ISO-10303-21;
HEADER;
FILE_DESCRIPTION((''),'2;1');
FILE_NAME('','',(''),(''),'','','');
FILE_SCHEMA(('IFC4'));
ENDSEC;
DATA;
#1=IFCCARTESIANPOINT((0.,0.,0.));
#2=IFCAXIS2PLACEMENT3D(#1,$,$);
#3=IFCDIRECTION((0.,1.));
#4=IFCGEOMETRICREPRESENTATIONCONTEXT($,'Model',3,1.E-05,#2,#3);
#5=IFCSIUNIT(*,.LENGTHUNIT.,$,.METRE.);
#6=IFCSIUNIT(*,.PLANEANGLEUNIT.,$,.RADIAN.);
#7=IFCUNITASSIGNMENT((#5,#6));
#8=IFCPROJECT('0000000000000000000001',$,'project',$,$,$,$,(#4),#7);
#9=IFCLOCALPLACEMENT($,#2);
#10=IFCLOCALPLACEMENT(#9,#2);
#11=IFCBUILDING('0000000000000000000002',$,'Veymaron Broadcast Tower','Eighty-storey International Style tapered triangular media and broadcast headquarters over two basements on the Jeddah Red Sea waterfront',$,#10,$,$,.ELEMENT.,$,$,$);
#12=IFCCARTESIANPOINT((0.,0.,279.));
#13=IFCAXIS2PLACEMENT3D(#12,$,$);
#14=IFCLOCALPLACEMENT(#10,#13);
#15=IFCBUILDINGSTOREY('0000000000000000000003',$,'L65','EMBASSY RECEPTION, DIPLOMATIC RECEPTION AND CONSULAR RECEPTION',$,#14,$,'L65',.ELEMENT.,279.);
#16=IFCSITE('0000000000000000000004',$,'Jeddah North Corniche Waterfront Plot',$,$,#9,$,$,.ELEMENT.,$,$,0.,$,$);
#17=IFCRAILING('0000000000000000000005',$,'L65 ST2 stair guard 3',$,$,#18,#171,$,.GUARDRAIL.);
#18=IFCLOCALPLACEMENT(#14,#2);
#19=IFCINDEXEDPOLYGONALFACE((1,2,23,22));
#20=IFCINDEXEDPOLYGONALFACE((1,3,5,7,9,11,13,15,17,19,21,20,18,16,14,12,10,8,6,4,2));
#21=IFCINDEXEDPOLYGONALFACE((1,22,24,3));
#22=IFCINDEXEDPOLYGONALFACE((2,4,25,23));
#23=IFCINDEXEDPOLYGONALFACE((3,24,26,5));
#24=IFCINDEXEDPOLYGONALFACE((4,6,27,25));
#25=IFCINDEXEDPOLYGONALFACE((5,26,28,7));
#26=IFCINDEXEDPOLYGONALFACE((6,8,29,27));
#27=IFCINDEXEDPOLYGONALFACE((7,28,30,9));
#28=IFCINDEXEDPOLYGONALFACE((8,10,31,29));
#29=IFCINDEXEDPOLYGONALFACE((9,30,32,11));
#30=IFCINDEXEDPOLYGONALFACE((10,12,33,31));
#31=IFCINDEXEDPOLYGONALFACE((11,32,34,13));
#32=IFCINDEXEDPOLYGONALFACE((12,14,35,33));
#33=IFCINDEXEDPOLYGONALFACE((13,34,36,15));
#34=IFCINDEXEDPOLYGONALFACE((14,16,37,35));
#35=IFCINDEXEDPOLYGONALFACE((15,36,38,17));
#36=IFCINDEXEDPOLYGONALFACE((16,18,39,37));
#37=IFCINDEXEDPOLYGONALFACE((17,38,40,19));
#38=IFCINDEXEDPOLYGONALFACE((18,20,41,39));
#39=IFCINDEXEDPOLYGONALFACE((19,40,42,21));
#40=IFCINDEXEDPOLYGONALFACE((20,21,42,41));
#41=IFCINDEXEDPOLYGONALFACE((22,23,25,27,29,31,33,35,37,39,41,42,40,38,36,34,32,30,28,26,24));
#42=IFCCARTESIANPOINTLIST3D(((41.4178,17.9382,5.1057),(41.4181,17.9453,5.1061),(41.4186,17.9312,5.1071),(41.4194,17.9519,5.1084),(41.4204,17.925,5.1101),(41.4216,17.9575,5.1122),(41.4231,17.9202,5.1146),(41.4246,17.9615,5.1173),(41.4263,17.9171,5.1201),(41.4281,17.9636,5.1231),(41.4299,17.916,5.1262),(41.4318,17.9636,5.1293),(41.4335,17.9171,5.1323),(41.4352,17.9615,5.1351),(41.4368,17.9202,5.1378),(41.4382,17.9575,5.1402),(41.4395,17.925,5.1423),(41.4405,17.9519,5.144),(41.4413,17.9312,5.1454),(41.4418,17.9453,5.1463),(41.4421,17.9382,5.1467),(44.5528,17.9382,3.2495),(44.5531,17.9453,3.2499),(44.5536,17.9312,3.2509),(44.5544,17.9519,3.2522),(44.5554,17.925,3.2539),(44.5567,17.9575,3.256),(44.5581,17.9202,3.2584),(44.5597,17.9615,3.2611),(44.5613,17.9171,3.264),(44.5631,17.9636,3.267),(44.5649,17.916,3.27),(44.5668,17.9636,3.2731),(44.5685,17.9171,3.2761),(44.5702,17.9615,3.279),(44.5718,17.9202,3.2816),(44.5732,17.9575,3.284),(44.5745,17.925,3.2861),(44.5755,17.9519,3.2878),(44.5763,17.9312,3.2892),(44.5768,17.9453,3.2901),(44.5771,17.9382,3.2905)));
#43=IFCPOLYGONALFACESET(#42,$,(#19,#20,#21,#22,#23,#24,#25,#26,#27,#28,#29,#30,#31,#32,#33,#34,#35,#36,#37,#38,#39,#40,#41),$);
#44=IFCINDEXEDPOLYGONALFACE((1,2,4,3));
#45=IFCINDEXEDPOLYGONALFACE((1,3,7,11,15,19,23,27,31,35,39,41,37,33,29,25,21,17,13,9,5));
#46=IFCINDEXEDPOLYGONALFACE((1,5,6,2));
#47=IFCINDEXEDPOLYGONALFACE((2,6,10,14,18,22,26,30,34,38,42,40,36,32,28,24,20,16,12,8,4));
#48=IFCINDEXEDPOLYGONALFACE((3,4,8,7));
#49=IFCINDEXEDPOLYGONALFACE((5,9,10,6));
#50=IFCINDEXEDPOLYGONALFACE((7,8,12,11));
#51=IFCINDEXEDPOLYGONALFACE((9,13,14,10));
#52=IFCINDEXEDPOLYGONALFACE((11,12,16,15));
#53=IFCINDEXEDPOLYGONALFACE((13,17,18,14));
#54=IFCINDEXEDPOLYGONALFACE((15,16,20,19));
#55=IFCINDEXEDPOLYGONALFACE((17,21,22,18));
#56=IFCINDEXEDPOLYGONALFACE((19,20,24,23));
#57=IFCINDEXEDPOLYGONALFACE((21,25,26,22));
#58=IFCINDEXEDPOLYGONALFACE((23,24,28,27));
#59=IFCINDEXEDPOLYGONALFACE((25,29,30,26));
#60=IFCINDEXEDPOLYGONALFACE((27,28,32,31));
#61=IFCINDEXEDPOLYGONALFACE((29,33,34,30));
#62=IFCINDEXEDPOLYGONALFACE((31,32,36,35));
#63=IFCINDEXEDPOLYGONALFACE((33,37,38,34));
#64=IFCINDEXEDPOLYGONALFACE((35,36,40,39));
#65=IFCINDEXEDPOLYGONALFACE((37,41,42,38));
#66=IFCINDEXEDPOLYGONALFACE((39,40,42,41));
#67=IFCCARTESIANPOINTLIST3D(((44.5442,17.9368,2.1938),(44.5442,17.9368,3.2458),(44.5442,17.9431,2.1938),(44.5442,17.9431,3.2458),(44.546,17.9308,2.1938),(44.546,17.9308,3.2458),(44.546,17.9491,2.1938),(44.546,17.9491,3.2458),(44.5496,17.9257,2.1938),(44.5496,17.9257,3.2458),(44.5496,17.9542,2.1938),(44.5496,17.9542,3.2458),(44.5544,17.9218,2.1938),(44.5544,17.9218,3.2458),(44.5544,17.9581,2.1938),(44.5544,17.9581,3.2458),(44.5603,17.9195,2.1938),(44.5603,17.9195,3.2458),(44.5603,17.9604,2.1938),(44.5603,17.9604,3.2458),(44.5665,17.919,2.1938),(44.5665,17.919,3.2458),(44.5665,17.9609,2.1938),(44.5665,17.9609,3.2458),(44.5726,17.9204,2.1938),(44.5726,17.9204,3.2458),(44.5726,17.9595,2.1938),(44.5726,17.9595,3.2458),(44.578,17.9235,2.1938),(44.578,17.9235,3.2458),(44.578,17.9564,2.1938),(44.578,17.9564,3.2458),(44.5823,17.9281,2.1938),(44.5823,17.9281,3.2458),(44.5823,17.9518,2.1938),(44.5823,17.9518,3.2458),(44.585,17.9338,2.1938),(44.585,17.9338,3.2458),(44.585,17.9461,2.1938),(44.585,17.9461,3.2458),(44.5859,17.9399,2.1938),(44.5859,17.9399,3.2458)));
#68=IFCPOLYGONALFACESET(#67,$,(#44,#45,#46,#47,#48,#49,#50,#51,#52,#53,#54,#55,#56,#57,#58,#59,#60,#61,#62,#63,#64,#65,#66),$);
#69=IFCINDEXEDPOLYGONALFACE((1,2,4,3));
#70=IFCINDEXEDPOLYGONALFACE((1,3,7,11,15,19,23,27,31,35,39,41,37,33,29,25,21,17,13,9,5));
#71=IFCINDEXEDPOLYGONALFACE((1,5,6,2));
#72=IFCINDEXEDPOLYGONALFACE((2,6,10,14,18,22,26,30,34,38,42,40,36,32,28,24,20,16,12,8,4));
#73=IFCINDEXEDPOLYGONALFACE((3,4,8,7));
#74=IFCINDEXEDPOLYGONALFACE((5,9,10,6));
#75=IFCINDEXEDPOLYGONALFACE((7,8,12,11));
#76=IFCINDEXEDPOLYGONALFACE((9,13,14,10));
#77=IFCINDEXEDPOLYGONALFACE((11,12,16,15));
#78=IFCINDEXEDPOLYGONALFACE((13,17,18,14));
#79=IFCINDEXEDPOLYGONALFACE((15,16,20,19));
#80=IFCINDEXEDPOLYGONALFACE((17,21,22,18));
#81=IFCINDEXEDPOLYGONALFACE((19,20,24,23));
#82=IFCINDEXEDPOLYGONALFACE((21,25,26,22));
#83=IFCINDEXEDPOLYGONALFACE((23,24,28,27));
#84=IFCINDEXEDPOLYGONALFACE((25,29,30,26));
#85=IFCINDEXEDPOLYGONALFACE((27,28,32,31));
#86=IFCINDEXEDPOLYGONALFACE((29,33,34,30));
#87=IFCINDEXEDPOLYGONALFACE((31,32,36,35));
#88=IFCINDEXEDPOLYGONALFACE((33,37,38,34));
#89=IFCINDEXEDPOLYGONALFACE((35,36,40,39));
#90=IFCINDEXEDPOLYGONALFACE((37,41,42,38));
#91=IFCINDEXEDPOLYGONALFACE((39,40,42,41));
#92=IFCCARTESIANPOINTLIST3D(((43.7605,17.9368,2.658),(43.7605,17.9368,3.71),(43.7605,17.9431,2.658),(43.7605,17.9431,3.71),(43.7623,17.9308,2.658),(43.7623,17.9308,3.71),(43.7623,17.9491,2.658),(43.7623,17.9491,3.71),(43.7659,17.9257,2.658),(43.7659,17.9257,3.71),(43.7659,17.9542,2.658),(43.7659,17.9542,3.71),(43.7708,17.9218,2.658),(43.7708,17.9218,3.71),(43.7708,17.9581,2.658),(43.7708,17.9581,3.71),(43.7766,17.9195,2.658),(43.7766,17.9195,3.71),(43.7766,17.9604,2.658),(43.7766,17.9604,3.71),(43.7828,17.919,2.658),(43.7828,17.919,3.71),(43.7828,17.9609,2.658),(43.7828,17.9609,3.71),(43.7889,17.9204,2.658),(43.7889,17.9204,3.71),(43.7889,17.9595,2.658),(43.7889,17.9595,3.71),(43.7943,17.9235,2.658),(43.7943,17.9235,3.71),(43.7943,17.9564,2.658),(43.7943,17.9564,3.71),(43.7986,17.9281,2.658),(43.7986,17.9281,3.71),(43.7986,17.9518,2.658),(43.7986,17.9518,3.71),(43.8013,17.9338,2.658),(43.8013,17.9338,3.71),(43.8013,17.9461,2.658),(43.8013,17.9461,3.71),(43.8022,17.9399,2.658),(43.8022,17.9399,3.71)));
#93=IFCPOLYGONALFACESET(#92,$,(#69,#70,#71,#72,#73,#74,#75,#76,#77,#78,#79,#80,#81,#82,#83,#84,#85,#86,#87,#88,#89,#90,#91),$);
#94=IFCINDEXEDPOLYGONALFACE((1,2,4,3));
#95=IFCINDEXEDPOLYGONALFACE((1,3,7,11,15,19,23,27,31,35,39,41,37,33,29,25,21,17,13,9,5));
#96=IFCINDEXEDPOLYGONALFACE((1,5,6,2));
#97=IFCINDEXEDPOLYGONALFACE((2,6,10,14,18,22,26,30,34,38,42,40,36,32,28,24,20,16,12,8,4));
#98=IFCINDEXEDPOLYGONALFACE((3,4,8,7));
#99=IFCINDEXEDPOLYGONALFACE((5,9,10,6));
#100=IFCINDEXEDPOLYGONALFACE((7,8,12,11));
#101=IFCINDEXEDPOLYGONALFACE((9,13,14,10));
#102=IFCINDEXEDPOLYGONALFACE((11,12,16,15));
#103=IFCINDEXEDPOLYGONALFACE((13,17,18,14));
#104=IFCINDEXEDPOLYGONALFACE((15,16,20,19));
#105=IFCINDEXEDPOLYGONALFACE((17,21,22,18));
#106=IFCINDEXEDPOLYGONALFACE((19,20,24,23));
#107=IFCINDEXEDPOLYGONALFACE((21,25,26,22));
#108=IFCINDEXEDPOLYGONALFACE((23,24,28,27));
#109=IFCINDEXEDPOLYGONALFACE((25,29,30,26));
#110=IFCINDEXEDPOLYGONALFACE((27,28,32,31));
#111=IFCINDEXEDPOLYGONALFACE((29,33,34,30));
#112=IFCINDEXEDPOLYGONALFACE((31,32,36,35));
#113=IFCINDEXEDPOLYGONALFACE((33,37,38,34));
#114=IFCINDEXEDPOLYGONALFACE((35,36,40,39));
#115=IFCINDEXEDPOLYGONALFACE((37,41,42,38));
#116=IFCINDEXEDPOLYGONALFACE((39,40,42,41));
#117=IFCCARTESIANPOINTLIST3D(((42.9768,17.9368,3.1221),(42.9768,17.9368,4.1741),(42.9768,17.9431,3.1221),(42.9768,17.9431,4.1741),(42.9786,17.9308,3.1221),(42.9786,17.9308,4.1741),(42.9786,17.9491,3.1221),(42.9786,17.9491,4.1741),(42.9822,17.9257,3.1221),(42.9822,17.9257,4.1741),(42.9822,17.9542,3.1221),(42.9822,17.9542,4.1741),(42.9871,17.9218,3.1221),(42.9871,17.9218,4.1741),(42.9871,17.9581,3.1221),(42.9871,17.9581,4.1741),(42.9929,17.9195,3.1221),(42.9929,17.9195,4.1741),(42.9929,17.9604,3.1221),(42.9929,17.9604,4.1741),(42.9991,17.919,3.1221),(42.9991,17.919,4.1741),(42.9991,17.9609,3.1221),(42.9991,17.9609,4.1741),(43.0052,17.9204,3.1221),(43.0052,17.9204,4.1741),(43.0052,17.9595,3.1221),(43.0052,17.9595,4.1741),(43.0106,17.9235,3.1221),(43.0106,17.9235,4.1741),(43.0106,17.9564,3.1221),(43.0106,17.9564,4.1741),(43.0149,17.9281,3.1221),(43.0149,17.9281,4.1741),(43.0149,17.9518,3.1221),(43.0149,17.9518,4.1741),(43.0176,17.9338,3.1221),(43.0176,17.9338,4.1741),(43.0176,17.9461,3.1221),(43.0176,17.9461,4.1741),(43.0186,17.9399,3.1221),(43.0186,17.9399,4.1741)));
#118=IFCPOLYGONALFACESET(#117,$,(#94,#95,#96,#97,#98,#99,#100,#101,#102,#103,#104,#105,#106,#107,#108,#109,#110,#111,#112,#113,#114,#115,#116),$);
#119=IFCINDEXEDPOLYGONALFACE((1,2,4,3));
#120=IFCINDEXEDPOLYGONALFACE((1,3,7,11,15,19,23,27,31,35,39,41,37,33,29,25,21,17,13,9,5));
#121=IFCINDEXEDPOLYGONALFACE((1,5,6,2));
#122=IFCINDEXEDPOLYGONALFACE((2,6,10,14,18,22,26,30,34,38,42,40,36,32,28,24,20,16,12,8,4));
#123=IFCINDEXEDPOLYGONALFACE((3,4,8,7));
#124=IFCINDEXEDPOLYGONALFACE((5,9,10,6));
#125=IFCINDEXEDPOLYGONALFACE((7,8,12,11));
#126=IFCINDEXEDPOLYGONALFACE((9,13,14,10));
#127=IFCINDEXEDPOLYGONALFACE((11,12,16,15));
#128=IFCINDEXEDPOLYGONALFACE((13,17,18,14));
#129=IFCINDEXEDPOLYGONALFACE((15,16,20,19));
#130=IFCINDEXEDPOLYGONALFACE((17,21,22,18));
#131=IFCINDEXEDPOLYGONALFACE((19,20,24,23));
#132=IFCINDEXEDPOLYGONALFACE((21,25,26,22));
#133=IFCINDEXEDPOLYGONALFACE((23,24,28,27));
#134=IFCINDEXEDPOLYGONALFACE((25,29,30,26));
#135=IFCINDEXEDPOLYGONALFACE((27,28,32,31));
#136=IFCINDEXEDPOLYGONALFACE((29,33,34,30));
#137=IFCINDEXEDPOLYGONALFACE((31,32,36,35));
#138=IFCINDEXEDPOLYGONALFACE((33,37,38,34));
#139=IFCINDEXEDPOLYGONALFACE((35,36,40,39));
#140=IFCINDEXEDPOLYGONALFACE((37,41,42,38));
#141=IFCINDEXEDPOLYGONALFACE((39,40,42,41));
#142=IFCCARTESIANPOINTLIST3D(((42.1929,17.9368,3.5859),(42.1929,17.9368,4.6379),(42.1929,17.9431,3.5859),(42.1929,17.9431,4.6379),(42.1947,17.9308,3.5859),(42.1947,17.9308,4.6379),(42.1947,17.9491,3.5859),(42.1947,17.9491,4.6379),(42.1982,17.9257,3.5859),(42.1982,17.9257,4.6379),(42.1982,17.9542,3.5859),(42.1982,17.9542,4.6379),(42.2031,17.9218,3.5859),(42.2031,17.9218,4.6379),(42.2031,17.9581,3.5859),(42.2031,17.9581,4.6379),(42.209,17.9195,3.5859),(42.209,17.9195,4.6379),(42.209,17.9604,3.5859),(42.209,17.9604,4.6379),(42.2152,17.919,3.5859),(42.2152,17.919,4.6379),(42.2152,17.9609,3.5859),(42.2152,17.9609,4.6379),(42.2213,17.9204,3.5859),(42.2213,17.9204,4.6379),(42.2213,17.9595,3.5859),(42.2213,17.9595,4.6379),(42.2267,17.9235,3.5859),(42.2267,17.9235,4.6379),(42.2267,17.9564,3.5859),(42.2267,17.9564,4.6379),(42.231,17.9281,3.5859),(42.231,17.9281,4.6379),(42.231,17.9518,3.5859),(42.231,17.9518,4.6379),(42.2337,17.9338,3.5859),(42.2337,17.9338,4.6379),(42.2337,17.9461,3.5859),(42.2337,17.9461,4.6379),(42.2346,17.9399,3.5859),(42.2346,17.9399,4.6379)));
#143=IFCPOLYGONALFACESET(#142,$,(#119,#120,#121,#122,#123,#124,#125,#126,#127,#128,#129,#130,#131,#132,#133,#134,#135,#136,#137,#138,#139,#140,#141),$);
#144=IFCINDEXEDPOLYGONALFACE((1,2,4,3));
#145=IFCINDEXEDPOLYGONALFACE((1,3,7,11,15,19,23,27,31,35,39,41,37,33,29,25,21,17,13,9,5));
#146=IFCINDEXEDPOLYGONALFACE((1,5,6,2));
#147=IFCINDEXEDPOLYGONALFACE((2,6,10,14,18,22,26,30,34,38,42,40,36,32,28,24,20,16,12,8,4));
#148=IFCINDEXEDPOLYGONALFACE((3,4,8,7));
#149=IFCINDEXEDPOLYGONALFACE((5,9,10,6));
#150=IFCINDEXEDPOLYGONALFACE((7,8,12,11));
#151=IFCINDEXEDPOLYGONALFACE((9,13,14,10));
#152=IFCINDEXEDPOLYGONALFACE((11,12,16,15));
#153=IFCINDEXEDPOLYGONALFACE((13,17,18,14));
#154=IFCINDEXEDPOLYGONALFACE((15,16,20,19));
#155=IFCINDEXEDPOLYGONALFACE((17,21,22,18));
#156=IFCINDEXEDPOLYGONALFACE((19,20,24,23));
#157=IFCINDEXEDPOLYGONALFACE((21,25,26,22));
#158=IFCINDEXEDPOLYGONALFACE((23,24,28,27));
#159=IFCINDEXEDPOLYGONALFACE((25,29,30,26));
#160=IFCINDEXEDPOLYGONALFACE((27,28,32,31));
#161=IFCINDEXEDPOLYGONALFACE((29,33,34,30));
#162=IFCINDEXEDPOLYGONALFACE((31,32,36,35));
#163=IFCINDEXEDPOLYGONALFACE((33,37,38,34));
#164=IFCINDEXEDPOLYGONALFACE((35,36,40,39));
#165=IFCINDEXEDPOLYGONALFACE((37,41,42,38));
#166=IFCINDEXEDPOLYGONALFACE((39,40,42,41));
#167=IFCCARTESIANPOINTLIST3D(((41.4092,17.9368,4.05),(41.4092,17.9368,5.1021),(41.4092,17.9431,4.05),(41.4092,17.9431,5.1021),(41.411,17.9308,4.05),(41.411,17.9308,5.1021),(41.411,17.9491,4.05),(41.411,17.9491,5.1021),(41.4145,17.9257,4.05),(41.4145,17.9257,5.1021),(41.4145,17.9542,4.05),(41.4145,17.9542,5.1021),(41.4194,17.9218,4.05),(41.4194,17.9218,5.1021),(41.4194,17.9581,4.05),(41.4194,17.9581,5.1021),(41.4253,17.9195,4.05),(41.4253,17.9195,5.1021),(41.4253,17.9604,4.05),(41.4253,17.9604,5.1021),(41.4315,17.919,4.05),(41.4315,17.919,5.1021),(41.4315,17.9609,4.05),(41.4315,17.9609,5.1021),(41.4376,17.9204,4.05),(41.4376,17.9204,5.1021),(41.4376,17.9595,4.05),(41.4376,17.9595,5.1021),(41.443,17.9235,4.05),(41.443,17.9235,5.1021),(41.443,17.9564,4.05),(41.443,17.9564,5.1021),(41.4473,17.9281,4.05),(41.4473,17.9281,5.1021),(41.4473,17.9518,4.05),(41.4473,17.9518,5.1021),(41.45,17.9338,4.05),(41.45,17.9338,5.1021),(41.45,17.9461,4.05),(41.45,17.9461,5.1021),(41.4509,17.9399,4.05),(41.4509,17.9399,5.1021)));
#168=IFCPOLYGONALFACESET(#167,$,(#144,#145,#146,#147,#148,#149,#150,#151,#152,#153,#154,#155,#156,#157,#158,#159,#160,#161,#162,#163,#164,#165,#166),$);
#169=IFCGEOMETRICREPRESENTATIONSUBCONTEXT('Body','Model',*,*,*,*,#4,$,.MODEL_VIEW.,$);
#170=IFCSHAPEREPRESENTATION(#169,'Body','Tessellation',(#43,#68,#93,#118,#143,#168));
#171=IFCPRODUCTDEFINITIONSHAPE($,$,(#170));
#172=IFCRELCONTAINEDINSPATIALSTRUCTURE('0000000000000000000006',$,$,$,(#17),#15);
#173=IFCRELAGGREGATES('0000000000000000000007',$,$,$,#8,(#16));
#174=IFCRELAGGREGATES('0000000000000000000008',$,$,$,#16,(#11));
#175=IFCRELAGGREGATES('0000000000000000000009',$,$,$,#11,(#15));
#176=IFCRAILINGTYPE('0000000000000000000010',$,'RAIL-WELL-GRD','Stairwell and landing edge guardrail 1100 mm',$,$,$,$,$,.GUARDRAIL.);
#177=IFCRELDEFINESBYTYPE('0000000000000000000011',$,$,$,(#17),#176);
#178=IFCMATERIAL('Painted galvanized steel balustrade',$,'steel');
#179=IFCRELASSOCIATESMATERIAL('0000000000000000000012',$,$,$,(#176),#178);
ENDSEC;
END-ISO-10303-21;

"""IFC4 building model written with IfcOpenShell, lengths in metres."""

from ifc_helpers import new_model, si_unit, direction, frame, origin, origin_2d, place, context, subcontext, project, spatial, circle, extrude, material, type_object, element, save


model = new_model("IFC4")

# Units and contexts
model_context = context("Model", 3, precision=1e-05, world=origin(), true_north=direction((0.0, 1.0)))
body_context = subcontext(model_context, "Body", "Model", "MODEL_VIEW")
ifc_project = project(units=[si_unit("LENGTHUNIT", "METRE"), si_unit("PLANEANGLEUNIT", "RADIAN")], contexts=[model_context])

# Site, building, storey
site_placement = place(None, origin())
site = spatial("IfcSite", under=ifc_project, at=site_placement, Name="Jeddah North Corniche Waterfront Plot", CompositionType="ELEMENT", RefElevation=0.0)
building_placement = place(site_placement, origin())
building = spatial("IfcBuilding", under=site, at=building_placement, Name="Veymaron Broadcast Tower", Description="Eighty-storey International Style tapered triangular media and broadcast headquarters over two basements on the Jeddah Red Sea waterfront", CompositionType="ELEMENT")
storey_placement = place(building_placement, frame((0.0, 0.0, 279.0)))
storey = spatial("IfcBuildingStorey", under=building, at=storey_placement, Name="L65", Description="EMBASSY RECEPTION, DIPLOMATIC RECEPTION AND CONSULAR RECEPTION", LongName="L65", CompositionType="ELEMENT", Elevation=279.0)

# Railing
ifc_material_1 = material(Name="Painted galvanized steel balustrade", Category="steel")
railing_type_1 = type_object("IfcRailingType", Name="RAIL-WELL-GRD", Description="Stairwell and landing edge guardrail 1100 mm", PredefinedType="GUARDRAIL", material=ifc_material_1)
railing_1_placement = place(storey_placement, frame((44.5649, 17.9399, 2.1938)))
element("IfcRailing", 1, at=railing_1_placement, inside=storey, type_object=railing_type_1, Name="L65 ST2 stair guard 3", PredefinedType="GUARDRAIL", context=body_context, shape_type="SweptSolid", body=[
    extrude(circle(Radius=0.0239, at=origin_2d()), frame((0.0, 0.0, 1.0762), z_axis=(-0.860482, 0.0, 0.509481), x_axis=(0.0, -1.0, 0.0)), (0.0, 0.0, 1.0), 3.6433),
    extrude(circle(Radius=0.021, at=origin_2d()), origin(), (0.0, 0.0, 1.0), 1.052),
    extrude(circle(Radius=0.021, at=origin_2d()), frame((-0.7837, 0.0, 0.4641)), (0.0, 0.0, 1.0), 1.052),
    extrude(circle(Radius=0.021, at=origin_2d()), frame((-1.5674, 0.0, 0.9282)), (0.0, 0.0, 1.0), 1.052),
    extrude(circle(Radius=0.021, at=origin_2d()), frame((-2.3513, 0.0, 1.3921)), (0.0, 0.0, 1.0), 1.052),
    extrude(circle(Radius=0.021, at=origin_2d()), frame((-3.135, 0.0, 1.8562)), (0.0, 0.0, 1.0), 1.052),
])

save(model, "model.ifc")
